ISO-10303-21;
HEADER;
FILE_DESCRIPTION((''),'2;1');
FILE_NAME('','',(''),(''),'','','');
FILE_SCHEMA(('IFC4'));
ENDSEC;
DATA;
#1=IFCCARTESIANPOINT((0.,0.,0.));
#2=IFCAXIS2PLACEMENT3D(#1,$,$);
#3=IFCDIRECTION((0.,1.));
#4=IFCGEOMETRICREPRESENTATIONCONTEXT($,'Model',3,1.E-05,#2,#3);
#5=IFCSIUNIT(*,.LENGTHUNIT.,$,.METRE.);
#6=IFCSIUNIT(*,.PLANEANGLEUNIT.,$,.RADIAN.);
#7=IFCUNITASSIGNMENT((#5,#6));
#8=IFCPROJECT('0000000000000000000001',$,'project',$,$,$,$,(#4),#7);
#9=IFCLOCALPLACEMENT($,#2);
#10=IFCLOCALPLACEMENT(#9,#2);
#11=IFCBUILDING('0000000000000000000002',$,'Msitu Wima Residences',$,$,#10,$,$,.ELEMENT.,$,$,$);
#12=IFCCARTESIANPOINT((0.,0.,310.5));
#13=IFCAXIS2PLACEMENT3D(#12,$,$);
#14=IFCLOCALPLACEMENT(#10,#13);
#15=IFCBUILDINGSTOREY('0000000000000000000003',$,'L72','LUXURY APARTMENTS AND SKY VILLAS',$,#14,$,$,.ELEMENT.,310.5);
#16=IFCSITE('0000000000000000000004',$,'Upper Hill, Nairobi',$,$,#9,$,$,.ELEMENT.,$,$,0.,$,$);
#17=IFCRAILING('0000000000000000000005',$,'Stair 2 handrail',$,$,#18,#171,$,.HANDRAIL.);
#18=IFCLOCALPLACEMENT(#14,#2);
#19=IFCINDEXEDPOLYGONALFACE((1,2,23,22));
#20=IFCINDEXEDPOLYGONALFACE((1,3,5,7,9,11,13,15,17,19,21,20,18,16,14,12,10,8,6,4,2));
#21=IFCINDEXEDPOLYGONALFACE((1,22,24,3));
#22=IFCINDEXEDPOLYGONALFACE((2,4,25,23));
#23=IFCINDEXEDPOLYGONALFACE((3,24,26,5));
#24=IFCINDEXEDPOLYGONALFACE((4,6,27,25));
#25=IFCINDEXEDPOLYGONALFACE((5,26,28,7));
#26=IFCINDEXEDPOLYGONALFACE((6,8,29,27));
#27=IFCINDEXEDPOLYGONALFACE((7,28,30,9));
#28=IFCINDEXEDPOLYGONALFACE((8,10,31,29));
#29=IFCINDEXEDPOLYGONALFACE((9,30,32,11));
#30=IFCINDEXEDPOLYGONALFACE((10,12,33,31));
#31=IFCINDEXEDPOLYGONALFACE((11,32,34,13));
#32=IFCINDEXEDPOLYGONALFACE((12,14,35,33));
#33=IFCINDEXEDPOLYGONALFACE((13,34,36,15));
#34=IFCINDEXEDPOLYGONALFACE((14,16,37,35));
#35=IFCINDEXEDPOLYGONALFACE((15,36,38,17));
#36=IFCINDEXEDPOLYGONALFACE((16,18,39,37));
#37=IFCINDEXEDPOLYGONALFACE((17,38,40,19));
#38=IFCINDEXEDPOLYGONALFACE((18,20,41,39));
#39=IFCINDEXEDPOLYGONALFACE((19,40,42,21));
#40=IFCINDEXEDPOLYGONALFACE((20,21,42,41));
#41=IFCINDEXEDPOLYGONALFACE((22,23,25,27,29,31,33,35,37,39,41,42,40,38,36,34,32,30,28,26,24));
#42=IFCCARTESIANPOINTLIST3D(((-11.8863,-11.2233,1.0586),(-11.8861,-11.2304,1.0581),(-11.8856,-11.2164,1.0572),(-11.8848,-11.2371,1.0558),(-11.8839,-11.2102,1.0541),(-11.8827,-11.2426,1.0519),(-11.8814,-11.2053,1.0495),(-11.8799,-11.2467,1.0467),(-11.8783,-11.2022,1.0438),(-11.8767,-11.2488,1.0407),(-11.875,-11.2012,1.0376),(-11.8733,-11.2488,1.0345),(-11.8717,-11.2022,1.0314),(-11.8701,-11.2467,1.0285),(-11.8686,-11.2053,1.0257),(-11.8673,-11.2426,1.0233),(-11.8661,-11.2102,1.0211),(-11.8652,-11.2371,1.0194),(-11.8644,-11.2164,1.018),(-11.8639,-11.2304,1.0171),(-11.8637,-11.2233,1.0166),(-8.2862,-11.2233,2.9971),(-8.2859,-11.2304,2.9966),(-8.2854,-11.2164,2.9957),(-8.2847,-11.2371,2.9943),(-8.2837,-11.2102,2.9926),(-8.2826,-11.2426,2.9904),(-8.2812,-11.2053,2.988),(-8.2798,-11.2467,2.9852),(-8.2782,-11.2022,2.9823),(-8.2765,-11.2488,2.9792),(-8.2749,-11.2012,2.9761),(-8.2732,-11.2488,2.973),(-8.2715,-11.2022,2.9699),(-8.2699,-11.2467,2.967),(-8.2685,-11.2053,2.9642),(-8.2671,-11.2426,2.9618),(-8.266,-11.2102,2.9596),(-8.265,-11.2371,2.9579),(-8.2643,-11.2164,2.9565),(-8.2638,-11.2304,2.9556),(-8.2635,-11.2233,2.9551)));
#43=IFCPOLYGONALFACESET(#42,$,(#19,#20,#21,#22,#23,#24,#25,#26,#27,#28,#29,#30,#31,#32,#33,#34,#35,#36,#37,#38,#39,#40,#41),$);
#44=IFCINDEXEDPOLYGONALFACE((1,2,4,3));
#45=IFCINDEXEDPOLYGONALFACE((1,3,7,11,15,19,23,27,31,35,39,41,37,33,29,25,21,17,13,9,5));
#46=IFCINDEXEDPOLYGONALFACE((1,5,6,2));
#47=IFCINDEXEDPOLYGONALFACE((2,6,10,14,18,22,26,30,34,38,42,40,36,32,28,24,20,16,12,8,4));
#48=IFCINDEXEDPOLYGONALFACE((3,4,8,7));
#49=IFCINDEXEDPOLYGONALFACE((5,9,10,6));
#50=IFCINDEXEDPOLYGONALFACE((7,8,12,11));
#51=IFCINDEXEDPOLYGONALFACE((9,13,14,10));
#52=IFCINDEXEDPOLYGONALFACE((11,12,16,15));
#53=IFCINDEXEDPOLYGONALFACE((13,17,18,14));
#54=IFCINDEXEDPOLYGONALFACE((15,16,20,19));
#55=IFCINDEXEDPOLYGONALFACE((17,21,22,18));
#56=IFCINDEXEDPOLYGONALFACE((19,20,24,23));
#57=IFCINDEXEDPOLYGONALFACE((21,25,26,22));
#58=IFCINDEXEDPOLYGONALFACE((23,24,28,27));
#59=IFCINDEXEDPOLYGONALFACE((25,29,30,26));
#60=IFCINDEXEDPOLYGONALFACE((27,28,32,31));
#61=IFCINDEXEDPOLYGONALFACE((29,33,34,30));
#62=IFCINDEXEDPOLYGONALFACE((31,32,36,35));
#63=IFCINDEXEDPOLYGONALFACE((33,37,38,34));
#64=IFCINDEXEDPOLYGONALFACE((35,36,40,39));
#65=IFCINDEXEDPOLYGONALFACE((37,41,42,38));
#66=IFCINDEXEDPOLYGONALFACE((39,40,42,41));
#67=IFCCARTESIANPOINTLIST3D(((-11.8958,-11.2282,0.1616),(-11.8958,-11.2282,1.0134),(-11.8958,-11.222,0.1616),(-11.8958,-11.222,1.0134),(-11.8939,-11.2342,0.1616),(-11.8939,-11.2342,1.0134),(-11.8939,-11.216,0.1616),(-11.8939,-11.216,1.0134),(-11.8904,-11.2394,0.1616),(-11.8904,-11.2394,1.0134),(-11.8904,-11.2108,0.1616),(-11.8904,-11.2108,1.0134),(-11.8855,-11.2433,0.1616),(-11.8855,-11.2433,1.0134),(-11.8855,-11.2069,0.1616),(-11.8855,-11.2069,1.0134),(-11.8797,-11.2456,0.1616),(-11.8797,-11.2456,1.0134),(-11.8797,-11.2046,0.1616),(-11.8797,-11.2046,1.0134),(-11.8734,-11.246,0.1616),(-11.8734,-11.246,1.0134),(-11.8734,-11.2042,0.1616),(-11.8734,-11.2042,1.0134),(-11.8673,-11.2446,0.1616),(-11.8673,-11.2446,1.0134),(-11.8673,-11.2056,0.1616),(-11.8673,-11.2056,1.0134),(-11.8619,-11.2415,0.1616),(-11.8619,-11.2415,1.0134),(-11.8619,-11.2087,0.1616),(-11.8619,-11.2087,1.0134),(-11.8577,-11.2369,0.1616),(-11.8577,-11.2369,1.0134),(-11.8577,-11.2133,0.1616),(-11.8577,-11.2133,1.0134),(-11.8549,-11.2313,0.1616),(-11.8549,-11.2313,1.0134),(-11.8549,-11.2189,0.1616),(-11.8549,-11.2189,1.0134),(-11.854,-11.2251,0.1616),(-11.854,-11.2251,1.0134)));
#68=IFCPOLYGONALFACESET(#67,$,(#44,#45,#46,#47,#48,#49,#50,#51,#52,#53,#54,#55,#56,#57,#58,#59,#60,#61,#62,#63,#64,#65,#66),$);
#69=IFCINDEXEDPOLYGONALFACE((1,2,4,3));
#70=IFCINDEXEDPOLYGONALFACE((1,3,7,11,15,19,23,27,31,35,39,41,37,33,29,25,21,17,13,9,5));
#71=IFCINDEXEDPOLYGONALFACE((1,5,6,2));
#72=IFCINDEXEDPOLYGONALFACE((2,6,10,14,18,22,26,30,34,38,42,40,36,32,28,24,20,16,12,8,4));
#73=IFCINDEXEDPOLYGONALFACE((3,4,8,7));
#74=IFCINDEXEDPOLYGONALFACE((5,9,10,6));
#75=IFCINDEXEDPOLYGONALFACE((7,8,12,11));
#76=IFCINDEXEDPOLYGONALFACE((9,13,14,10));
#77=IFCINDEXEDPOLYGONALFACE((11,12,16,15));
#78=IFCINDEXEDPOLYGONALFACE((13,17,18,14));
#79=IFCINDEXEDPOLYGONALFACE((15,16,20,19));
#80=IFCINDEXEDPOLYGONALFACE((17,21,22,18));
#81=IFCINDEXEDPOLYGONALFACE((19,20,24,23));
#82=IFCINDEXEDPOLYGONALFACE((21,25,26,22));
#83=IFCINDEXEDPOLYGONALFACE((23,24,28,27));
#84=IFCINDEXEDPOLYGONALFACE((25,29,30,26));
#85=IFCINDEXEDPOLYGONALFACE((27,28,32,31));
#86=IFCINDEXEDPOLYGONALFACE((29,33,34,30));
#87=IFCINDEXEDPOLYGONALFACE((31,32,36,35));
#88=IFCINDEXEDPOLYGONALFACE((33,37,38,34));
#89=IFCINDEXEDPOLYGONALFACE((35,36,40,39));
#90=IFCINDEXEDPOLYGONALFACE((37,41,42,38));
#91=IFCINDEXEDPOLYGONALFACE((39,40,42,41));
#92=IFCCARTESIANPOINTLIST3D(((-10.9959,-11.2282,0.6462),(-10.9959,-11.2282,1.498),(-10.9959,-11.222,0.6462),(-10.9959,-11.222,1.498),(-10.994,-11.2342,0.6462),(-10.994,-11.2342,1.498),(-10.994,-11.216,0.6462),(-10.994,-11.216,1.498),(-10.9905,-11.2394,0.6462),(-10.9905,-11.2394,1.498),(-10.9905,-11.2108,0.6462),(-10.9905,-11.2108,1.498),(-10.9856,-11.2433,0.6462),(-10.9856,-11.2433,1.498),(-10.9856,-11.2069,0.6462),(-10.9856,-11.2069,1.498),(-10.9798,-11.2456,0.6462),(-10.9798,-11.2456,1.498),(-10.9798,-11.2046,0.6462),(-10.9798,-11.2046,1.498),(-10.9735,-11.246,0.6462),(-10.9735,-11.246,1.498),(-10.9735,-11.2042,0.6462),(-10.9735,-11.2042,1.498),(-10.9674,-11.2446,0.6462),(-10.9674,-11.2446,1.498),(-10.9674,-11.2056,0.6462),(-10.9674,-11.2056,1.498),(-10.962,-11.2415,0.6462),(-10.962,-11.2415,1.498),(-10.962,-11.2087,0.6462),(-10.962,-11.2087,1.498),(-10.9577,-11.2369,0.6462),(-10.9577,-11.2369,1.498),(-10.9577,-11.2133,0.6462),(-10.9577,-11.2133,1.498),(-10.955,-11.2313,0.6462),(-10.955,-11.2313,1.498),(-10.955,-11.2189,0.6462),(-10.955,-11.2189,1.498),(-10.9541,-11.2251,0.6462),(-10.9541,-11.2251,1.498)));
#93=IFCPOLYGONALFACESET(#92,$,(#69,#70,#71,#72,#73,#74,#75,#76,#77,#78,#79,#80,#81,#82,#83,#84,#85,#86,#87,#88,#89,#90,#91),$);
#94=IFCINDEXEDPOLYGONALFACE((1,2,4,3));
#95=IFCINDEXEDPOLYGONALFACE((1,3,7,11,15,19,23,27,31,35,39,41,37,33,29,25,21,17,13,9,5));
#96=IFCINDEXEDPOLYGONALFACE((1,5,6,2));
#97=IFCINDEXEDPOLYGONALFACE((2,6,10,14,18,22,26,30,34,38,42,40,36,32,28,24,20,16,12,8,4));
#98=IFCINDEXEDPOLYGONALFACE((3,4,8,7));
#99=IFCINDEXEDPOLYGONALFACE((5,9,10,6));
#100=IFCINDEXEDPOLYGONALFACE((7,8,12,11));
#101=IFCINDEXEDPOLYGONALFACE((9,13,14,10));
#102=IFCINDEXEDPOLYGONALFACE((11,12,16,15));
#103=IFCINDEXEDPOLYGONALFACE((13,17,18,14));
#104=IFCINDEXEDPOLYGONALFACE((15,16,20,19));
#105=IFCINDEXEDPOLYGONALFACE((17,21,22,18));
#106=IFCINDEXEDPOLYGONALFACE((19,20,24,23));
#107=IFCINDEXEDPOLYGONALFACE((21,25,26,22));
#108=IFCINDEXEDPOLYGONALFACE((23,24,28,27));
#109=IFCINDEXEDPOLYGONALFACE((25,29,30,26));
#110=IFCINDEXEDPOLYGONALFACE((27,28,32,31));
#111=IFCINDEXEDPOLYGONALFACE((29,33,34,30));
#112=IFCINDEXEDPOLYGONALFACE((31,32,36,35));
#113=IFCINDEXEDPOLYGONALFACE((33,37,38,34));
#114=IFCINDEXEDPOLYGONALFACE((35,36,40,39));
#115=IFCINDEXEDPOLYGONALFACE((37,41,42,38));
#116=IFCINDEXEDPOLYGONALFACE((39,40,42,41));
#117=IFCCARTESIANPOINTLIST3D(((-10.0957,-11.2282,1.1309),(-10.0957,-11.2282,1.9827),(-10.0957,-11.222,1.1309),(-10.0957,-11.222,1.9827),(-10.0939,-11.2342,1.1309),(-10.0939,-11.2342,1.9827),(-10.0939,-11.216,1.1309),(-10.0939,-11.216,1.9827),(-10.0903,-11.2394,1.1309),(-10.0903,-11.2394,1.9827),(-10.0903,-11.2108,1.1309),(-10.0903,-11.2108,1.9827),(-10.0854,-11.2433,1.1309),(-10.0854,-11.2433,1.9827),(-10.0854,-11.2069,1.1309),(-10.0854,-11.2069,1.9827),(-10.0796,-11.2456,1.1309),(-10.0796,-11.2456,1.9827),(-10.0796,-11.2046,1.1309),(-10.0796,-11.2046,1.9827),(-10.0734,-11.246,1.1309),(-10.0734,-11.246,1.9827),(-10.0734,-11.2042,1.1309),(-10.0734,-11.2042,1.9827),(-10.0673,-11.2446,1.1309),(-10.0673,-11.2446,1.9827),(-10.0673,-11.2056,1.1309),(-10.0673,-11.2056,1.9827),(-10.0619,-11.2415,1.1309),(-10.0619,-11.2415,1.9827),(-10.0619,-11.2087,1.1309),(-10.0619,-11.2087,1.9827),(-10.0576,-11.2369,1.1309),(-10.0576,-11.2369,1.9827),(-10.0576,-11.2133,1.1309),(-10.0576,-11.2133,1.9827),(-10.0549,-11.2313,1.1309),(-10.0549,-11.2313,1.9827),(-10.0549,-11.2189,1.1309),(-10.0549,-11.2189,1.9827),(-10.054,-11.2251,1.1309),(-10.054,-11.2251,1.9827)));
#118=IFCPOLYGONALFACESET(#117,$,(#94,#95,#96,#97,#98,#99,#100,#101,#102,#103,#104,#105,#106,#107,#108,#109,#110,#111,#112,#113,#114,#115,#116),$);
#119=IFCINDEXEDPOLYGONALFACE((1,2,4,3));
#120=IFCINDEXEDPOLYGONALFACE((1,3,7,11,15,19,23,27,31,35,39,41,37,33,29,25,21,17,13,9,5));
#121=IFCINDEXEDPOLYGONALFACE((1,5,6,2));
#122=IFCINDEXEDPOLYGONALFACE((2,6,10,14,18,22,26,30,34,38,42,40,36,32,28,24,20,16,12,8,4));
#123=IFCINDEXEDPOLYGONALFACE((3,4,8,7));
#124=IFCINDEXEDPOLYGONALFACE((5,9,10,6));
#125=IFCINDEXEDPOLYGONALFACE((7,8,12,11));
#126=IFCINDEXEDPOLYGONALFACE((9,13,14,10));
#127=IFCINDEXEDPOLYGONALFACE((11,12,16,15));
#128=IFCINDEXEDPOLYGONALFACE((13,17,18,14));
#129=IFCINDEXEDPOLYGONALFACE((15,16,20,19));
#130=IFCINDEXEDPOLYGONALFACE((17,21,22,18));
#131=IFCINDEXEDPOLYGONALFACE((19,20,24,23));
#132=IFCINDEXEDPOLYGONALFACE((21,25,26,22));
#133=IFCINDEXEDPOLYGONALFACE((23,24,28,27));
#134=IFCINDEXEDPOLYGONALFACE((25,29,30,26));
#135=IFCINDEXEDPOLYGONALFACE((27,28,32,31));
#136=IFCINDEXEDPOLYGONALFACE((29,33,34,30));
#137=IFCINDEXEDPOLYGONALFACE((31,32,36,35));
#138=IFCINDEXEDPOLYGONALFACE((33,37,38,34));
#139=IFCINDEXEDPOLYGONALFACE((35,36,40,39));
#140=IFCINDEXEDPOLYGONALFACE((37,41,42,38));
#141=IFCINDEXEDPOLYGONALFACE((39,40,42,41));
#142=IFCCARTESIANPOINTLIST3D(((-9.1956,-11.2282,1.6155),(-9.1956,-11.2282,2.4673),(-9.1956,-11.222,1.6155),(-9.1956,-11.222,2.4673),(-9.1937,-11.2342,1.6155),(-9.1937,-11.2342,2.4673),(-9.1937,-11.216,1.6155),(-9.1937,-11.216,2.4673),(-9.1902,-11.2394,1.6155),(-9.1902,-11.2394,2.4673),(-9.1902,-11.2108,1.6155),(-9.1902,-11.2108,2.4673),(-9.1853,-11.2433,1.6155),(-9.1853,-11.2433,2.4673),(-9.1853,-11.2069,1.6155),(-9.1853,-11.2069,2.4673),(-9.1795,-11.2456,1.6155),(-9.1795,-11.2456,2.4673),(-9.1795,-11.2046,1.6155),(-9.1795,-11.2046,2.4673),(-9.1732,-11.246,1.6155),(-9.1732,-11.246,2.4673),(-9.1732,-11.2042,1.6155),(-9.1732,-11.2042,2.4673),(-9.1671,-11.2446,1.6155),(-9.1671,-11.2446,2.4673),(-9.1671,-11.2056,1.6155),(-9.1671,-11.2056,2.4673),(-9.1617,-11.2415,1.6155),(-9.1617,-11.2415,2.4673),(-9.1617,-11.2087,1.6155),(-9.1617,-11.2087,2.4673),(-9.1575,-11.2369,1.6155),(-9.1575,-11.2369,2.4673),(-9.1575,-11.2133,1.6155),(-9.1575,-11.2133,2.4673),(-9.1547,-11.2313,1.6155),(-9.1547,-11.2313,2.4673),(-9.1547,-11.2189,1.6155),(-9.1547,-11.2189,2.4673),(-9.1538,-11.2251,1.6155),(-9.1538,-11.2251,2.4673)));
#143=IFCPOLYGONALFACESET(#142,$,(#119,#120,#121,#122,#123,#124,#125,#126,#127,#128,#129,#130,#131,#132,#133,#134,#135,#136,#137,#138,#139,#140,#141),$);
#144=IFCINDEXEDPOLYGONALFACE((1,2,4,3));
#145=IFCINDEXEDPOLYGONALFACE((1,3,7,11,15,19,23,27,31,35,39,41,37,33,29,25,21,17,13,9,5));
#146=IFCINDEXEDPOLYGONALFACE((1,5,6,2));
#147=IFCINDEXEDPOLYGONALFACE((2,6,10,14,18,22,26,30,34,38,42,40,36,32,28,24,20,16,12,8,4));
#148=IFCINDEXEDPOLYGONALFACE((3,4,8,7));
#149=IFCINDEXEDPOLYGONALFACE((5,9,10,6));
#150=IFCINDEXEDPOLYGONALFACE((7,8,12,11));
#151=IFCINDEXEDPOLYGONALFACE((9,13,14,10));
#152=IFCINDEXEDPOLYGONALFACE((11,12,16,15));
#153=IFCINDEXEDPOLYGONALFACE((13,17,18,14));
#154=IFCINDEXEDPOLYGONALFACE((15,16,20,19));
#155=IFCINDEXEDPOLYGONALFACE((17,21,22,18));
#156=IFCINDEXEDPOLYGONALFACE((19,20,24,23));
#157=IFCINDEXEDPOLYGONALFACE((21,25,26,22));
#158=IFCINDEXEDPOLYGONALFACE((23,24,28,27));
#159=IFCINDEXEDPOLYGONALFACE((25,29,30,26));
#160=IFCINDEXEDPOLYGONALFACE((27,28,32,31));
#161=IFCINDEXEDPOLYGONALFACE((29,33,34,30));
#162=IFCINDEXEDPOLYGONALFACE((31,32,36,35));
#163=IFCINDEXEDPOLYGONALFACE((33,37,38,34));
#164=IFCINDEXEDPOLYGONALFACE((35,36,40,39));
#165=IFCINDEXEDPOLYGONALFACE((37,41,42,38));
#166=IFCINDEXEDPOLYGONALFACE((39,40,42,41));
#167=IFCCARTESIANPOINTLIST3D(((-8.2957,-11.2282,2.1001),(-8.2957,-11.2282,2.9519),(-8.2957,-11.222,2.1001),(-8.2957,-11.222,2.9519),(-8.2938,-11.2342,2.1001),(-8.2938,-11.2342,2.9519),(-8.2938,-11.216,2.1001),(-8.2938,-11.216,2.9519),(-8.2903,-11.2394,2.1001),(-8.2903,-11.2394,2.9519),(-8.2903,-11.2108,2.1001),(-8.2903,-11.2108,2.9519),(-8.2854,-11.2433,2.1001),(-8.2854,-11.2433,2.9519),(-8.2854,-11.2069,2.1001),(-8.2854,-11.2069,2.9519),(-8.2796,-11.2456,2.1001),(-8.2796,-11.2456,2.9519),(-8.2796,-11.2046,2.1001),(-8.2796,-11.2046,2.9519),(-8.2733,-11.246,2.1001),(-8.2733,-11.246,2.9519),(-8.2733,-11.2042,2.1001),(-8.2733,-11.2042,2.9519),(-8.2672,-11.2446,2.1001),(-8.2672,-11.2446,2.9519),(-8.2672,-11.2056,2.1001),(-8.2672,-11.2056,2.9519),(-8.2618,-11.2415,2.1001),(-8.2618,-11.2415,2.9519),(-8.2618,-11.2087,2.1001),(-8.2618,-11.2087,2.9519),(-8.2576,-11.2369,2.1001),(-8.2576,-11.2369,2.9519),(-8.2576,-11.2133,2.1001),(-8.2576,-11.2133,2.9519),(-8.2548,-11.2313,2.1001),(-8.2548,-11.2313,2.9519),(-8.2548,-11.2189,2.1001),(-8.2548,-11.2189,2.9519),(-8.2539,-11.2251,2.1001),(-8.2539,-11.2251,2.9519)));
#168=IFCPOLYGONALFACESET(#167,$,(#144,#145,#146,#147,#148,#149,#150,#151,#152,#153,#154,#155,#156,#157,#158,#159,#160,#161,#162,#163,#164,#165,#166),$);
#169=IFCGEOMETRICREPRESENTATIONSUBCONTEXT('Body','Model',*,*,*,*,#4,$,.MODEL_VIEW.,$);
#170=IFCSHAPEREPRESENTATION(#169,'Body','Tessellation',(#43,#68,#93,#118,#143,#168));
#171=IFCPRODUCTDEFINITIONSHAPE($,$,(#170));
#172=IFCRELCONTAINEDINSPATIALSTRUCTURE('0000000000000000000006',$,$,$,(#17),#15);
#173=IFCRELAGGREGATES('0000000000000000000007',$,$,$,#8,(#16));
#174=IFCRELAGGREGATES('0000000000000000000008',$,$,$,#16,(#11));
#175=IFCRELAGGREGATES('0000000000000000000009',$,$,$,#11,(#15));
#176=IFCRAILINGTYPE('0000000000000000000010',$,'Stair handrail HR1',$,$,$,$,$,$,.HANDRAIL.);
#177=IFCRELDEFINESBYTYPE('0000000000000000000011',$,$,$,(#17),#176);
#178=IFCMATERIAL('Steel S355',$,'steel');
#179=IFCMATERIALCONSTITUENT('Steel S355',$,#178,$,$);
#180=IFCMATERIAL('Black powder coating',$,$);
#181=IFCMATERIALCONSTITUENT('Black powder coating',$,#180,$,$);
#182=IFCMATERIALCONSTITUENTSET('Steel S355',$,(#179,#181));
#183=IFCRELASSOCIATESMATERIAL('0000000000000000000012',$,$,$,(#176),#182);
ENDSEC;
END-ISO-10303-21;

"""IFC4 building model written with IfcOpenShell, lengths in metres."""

from ifc_helpers import new_model, si_unit, direction, frame, origin, origin_2d, place, context, subcontext, project, spatial, circle, extrude, material, constituent, constituent_set, type_object, element, save


model = new_model("IFC4")

# Units and contexts
model_context = context("Model", 3, precision=1e-05, world=origin(), true_north=direction((0.0, 1.0)))
body_context = subcontext(model_context, "Body", "Model", "MODEL_VIEW")
ifc_project = project(units=[si_unit("LENGTHUNIT", "METRE"), si_unit("PLANEANGLEUNIT", "RADIAN")], contexts=[model_context])

# Site, building, storey
site_placement = place(None, origin())
site = spatial("IfcSite", under=ifc_project, at=site_placement, Name="Upper Hill, Nairobi", CompositionType="ELEMENT", RefElevation=0.0)
building_placement = place(site_placement, origin())
building = spatial("IfcBuilding", under=site, at=building_placement, Name="Msitu Wima Residences", CompositionType="ELEMENT")
storey_placement = place(building_placement, frame((0.0, 0.0, 310.5)))
storey = spatial("IfcBuildingStorey", under=building, at=storey_placement, Name="L72", Description="LUXURY APARTMENTS AND SKY VILLAS", CompositionType="ELEMENT", Elevation=310.5)

# Railing
ifc_material_1 = material(Name="Steel S355", Category="steel")
ifc_constituent_1 = constituent(ifc_material_1, Name="Steel S355")
ifc_material_2 = material(Name="Black powder coating")
ifc_constituent_2 = constituent(ifc_material_2, Name="Black powder coating")
ifc_constituent_set = constituent_set(constituents=[ifc_constituent_1, ifc_constituent_2], Name="Steel S355")
railing_type = type_object("IfcRailingType", Name="Stair handrail HR1", PredefinedType="HANDRAIL", material=ifc_constituent_set)
for number, where, name in (
    (1, (-11.875, -11.2251, 0.1616), "Stair 2 handrail"),
):
    element("IfcRailing", number, at=place(storey_placement, frame(where)), inside=storey, type_object=railing_type, Name=name, PredefinedType="HANDRAIL", context=body_context, shape_type="SweptSolid", body=[
        extrude(circle(Radius=0.0239, at=origin_2d()), frame((0.0, 0.0, 0.876), z_axis=(0.880475, 0.0, 0.474093), x_axis=(0.0, 1.0, 0.0)), (0.0, 0.0, 1.0), 4.0889),
        extrude(circle(Radius=0.021, at=origin_2d()), origin(), (0.0, 0.0, 1.0), 0.8518),
        extrude(circle(Radius=0.021, at=origin_2d()), frame((0.8999, 0.0, 0.4846)), (0.0, 0.0, 1.0), 0.8518),
        extrude(circle(Radius=0.021, at=origin_2d()), frame((1.8, 0.0, 0.9692)), (0.0, 0.0, 1.0), 0.8518),
        extrude(circle(Radius=0.021, at=origin_2d()), frame((2.7002, 0.0, 1.4539)), (0.0, 0.0, 1.0), 0.8518),
        extrude(circle(Radius=0.021, at=origin_2d()), frame((3.6001, 0.0, 1.9385)), (0.0, 0.0, 1.0), 0.8518),
    ])

save(model, "model.ifc")
